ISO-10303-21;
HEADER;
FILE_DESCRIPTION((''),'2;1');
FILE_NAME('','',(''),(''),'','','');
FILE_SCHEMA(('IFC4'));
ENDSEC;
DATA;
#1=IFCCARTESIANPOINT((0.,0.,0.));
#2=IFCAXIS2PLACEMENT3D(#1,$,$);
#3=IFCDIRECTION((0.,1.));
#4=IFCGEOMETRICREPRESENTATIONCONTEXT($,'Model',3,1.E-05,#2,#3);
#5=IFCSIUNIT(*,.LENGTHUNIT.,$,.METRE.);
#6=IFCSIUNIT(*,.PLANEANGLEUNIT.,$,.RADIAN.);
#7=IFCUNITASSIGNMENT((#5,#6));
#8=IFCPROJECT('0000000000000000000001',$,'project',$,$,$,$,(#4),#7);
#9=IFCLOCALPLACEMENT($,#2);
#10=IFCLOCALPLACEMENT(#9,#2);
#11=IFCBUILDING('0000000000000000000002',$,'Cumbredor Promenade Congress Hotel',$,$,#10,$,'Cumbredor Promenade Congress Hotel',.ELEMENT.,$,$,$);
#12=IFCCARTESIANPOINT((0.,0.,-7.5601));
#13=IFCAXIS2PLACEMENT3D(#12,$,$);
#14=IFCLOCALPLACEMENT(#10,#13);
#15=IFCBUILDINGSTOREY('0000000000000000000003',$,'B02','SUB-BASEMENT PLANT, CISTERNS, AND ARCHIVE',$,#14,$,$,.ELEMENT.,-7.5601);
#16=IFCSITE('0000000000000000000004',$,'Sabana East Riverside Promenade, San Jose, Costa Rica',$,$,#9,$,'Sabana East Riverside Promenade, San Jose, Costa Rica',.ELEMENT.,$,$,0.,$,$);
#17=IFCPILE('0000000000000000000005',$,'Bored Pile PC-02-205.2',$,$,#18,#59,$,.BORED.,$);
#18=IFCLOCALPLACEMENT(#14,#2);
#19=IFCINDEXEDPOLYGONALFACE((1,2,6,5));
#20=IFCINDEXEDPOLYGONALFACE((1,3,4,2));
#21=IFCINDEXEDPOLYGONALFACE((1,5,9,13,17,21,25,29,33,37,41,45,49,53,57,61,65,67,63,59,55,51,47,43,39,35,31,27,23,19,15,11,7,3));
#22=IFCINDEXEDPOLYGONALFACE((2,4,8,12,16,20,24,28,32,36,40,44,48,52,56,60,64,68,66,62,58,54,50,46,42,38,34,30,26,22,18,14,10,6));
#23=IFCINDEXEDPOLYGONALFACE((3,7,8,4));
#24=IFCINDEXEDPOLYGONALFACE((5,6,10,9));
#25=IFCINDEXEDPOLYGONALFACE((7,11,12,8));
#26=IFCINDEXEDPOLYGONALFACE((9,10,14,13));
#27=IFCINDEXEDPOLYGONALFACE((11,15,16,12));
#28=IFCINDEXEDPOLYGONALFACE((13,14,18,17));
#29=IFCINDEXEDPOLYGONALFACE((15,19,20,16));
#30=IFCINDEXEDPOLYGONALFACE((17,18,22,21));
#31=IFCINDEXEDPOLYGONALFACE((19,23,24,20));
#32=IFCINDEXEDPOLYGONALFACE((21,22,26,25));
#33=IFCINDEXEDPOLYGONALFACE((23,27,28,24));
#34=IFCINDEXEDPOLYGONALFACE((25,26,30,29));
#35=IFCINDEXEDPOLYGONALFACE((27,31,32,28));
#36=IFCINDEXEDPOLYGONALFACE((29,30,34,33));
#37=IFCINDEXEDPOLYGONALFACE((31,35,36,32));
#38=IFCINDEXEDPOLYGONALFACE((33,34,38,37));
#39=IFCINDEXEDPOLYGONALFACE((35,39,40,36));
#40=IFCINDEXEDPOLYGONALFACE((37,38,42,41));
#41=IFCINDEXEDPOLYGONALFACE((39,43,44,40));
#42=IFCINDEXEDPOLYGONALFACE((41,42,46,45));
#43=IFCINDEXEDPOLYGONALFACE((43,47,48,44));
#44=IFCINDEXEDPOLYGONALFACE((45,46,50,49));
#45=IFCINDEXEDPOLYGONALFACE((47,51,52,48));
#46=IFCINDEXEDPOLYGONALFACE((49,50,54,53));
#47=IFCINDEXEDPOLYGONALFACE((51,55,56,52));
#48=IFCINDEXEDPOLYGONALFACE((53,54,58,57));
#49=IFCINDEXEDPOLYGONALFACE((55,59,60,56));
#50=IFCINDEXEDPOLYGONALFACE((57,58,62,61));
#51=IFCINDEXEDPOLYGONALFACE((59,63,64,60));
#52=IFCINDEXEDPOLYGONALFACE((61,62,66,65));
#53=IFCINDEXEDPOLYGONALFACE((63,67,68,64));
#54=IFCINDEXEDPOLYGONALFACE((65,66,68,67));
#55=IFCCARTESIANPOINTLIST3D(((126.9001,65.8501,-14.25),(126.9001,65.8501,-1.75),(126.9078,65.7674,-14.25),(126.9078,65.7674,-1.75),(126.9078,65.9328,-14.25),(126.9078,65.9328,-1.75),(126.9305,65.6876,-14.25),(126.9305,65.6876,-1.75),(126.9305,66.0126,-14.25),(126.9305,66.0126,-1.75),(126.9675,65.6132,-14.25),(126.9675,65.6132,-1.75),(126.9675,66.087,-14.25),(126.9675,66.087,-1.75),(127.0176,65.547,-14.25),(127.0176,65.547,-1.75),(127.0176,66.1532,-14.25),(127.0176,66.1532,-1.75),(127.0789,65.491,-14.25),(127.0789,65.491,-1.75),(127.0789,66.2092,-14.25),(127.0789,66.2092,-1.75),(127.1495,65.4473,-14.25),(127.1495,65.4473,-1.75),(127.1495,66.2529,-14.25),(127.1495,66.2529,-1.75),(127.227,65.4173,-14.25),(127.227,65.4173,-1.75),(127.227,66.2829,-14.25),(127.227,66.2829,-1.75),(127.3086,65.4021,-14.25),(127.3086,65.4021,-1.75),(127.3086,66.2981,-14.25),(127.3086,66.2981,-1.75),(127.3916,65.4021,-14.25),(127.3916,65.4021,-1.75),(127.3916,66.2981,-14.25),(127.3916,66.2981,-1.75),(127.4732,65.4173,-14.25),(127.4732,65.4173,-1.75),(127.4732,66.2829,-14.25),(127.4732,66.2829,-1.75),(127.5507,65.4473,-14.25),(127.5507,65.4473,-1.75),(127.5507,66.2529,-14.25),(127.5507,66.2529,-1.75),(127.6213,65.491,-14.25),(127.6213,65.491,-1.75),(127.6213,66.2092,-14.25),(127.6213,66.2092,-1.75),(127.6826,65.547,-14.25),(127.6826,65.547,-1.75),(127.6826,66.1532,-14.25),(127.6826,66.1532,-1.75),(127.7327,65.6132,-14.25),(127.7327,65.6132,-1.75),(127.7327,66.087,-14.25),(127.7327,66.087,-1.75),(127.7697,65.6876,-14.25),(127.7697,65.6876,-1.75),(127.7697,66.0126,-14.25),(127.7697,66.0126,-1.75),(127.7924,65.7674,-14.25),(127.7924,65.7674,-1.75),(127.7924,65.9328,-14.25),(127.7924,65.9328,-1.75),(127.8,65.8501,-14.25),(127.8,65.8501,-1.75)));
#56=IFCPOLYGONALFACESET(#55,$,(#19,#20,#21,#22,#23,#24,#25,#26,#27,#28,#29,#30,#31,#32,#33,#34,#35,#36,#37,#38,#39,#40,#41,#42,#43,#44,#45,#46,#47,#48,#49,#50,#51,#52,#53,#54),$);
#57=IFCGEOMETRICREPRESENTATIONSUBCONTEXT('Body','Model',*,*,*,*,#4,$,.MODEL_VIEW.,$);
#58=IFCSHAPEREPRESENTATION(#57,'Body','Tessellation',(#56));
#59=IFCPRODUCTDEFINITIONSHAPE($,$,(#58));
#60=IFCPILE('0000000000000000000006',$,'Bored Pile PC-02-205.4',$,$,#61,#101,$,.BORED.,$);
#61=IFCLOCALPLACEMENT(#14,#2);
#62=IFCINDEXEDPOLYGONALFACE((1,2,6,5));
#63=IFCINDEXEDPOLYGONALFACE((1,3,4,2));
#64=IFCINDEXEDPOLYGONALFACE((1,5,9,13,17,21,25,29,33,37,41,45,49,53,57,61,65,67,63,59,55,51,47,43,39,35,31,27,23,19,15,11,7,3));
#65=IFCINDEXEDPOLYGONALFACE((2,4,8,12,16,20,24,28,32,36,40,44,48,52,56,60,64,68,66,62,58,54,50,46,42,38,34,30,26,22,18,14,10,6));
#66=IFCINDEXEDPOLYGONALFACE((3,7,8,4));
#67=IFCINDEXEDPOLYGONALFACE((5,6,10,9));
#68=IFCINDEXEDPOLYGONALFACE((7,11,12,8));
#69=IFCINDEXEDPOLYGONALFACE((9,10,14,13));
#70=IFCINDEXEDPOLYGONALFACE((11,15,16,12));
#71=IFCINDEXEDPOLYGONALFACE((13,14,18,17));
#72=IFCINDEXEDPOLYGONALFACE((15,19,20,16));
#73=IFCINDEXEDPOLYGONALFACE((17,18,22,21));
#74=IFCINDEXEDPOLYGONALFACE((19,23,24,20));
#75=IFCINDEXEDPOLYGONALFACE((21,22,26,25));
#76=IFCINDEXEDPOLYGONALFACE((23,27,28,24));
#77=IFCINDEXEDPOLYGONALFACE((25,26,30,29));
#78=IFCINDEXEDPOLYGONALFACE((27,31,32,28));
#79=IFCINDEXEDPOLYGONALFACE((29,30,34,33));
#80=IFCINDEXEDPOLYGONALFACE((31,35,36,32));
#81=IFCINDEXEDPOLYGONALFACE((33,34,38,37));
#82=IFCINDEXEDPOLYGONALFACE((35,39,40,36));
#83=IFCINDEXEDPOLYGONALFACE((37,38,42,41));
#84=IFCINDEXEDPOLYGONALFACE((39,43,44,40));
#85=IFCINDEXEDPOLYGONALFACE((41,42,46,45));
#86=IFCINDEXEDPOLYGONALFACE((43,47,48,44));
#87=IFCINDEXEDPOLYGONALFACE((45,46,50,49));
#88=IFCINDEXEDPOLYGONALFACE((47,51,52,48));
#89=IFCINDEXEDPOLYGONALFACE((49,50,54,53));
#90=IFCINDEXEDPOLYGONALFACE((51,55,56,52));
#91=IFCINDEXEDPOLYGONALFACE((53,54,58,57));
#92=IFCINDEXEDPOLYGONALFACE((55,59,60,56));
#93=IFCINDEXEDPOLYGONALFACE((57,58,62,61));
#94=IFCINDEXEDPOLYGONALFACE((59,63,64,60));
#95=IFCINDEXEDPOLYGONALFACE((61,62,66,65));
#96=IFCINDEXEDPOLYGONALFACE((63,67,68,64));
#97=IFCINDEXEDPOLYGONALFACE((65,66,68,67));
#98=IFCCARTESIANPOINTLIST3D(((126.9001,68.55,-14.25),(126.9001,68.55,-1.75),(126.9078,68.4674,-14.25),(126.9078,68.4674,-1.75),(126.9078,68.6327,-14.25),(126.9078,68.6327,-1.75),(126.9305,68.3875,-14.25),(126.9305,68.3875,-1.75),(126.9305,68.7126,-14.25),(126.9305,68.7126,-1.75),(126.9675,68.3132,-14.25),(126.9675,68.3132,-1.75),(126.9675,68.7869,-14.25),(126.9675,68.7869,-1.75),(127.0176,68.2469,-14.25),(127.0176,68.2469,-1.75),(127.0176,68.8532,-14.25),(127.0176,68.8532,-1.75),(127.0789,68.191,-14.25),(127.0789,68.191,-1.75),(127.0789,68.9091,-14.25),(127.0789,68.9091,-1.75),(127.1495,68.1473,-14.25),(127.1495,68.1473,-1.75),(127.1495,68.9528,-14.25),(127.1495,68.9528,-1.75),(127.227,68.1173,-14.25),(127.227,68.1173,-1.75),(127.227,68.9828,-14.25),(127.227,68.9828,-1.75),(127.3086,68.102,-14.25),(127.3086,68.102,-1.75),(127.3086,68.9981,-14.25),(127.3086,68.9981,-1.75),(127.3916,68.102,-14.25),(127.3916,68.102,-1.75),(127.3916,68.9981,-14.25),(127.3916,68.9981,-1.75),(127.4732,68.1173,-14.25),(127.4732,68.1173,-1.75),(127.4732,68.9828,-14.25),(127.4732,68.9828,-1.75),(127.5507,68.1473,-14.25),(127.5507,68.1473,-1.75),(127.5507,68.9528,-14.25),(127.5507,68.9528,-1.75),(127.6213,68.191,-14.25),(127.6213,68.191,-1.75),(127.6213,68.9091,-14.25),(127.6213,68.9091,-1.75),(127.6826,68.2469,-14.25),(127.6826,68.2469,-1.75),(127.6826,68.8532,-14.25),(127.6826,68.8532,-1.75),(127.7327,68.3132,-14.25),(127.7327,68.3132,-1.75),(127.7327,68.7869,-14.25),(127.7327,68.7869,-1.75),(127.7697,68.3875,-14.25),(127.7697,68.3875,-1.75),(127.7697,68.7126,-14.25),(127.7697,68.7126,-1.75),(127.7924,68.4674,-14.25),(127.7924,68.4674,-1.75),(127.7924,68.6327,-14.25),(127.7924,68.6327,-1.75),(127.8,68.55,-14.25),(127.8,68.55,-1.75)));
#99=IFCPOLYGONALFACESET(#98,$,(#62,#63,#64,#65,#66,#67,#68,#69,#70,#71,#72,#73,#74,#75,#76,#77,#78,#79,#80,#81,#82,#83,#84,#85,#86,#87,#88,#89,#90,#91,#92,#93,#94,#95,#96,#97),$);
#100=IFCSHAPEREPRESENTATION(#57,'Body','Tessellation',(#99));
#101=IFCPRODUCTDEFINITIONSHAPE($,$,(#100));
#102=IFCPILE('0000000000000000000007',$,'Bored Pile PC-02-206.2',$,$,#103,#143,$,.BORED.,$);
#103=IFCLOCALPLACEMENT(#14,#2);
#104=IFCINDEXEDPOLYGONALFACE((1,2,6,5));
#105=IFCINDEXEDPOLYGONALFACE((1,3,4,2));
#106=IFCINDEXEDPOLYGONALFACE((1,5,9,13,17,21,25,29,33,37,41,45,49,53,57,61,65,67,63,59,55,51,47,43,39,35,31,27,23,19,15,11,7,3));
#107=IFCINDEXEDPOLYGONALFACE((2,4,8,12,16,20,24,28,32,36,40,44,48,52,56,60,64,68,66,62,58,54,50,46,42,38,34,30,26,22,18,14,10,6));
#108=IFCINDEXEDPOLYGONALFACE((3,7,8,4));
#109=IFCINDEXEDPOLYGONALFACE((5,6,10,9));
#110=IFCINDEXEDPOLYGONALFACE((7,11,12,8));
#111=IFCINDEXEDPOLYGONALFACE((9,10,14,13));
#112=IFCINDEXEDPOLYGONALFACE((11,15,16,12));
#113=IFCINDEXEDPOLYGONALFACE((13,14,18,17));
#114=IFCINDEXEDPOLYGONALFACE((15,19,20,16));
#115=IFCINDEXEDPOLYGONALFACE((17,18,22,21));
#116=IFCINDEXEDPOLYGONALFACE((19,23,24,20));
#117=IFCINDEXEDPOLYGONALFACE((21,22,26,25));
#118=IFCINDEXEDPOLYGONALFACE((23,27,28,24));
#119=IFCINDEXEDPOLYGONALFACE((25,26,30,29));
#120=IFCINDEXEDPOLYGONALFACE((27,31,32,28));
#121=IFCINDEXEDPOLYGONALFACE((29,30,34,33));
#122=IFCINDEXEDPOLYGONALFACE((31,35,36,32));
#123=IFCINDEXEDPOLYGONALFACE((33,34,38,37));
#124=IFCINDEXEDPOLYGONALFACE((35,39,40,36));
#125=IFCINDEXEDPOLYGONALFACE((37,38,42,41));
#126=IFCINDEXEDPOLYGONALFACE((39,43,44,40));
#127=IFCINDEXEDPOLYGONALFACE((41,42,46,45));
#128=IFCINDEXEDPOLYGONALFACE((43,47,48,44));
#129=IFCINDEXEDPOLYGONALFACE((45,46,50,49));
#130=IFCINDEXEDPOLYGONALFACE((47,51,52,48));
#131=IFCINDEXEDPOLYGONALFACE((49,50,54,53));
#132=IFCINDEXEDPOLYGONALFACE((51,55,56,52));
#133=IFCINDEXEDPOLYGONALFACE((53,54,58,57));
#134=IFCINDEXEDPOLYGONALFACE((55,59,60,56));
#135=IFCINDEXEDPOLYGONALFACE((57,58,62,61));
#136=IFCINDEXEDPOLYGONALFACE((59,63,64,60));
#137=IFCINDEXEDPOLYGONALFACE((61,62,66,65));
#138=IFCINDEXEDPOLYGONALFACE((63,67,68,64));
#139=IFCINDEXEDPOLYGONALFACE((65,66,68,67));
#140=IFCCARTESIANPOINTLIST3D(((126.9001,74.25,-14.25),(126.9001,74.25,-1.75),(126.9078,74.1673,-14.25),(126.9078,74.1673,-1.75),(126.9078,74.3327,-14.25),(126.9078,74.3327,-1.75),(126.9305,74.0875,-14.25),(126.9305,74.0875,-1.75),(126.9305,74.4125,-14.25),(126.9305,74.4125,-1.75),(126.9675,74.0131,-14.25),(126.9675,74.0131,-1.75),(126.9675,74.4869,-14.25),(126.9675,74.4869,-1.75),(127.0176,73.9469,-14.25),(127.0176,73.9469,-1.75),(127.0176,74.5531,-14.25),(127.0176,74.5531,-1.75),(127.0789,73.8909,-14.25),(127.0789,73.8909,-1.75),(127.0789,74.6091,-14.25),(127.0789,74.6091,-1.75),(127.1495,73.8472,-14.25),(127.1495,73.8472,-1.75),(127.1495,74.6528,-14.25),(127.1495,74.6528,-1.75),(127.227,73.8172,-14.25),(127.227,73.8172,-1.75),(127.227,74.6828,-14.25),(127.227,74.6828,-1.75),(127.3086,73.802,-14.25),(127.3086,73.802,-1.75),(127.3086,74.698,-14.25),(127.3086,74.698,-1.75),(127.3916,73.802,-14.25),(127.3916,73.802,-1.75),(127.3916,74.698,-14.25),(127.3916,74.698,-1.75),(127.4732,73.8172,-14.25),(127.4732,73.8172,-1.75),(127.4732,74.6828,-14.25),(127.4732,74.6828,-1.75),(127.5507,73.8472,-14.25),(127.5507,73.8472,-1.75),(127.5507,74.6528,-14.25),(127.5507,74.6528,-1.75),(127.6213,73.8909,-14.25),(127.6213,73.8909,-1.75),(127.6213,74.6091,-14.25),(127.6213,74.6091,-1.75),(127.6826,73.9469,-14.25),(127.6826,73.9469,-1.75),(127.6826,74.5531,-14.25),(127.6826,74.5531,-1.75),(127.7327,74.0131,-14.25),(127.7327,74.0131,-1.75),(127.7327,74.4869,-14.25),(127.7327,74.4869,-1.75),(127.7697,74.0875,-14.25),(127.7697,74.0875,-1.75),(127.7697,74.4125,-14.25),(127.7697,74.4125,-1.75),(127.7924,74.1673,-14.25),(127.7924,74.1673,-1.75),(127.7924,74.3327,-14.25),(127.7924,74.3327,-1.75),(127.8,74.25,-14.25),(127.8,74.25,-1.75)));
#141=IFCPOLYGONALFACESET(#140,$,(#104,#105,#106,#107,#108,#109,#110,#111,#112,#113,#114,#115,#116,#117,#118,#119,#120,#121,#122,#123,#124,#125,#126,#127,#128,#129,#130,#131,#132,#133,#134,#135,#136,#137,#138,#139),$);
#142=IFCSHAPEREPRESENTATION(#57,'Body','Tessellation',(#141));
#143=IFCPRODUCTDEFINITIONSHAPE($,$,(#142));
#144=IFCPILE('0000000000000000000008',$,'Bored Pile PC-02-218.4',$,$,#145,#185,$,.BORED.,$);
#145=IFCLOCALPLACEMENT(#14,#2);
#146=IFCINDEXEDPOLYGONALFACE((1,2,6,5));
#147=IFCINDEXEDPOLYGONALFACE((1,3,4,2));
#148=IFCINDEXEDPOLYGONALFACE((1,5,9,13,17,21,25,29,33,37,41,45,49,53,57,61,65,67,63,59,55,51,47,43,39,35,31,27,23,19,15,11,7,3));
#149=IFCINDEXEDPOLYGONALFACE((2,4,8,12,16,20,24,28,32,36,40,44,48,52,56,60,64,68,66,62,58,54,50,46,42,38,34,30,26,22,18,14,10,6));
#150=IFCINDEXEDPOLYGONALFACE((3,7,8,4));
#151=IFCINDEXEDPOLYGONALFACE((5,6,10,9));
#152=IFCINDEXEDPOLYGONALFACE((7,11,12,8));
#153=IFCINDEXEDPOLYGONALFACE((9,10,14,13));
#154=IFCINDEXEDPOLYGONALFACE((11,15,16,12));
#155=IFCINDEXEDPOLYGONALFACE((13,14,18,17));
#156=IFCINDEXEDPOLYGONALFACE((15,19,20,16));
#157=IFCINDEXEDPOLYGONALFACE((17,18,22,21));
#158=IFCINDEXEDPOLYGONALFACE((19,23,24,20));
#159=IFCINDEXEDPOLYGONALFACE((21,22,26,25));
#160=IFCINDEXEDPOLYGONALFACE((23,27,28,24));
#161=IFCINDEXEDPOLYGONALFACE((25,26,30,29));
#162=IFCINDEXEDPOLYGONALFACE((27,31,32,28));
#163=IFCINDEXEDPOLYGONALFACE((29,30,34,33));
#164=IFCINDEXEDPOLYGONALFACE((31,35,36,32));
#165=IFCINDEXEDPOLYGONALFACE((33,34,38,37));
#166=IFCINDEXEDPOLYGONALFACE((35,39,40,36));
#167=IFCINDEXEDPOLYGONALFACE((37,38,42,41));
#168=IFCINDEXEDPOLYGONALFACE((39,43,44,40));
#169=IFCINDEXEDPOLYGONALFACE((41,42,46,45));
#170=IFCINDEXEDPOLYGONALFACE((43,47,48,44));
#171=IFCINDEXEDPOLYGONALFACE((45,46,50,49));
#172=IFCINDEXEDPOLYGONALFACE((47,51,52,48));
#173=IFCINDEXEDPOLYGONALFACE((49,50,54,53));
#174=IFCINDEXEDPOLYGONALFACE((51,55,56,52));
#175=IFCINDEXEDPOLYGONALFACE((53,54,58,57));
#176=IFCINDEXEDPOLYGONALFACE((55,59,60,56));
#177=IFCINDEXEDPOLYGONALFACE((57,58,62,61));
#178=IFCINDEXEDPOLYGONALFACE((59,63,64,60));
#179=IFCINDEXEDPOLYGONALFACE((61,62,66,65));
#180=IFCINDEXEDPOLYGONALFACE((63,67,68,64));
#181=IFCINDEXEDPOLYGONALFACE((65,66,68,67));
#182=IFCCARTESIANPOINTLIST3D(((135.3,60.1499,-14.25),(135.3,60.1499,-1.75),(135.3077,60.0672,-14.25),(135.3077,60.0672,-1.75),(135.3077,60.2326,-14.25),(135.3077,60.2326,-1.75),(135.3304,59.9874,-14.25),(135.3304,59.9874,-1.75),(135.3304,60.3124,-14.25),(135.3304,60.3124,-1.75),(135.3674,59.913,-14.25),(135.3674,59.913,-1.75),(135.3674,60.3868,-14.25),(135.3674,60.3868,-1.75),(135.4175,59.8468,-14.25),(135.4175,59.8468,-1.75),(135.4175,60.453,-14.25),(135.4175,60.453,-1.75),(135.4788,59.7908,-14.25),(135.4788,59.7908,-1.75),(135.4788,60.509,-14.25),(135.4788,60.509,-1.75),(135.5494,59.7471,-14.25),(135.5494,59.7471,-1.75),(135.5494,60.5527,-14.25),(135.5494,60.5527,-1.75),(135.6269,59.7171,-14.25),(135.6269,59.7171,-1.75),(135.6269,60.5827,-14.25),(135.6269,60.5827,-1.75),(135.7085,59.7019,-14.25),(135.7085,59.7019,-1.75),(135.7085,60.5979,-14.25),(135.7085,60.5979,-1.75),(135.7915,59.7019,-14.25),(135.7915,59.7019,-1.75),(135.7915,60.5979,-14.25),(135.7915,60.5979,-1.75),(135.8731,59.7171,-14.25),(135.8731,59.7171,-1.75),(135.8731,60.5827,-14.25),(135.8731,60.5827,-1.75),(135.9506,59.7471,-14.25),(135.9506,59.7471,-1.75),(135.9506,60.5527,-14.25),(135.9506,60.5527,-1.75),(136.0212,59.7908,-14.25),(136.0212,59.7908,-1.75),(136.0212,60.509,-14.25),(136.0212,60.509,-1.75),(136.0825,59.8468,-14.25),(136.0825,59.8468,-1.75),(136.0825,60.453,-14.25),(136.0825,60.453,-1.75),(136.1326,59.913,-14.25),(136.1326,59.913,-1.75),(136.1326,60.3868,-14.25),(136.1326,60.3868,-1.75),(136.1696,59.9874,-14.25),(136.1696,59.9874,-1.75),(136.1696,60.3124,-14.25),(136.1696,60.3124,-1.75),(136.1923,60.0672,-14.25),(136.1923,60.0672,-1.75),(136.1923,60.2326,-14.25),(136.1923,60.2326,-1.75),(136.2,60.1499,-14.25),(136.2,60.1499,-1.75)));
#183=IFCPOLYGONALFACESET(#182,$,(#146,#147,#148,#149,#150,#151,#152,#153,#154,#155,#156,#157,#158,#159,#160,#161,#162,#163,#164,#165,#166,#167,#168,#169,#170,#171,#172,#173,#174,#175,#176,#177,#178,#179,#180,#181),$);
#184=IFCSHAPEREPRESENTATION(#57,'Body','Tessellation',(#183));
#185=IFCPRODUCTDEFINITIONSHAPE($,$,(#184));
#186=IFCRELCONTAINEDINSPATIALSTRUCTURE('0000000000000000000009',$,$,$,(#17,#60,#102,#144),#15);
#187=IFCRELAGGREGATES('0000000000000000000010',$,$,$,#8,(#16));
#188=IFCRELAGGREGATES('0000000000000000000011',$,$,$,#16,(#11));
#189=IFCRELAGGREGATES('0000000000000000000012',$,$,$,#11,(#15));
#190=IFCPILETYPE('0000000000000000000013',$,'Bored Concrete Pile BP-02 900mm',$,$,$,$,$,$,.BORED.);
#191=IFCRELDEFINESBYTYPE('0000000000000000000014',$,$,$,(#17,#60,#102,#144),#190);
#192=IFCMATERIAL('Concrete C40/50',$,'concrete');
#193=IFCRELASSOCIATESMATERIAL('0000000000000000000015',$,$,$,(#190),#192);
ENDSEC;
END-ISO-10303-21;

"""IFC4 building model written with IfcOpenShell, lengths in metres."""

from ifc_helpers import new_model, si_unit, direction, frame, origin, origin_2d, place, context, subcontext, project, spatial, circle, extrude, material, material_profile, profile_set, type_object, element, save


model = new_model("IFC4")

# Units and contexts
model_context = context("Model", 3, precision=1e-05, world=origin(), true_north=direction((0.0, 1.0)))
body_context = subcontext(model_context, "Body", "Model", "MODEL_VIEW")
ifc_project = project(units=[si_unit("LENGTHUNIT", "METRE"), si_unit("PLANEANGLEUNIT", "RADIAN")], contexts=[model_context])

# Site, building, storey
site_placement = place(None, origin())
site = spatial("IfcSite", under=ifc_project, at=site_placement, Name="Sabana East Riverside Promenade, San Jose, Costa Rica", LongName="Sabana East Riverside Promenade, San Jose, Costa Rica", CompositionType="ELEMENT", RefElevation=0.0)
building_placement = place(site_placement, origin())
building = spatial("IfcBuilding", under=site, at=building_placement, Name="Cumbredor Promenade Congress Hotel", LongName="Cumbredor Promenade Congress Hotel", CompositionType="ELEMENT")
storey_placement = place(building_placement, frame((0.0, 0.0, -7.5601)))
storey = spatial("IfcBuildingStorey", under=building, at=storey_placement, Name="B02", Description="SUB-BASEMENT PLANT, CISTERNS, AND ARCHIVE", CompositionType="ELEMENT", Elevation=-7.5601)

# Piles
ifc_material_1 = material(Name="Concrete C40/50", Category="concrete")
ifc_material_profile_1 = material_profile(ifc_material_1, circle(Radius=0.45, at=origin_2d()), Name="PILE D900")
ifc_profile_set_1 = profile_set([ifc_material_profile_1], Name="Concrete C40/50")
pile_type = type_object("IfcPileType", Name="Bored Concrete Pile BP-02 900mm", PredefinedType="BORED", material=ifc_profile_set_1)
for number, where, z_axis, x_axis, name in (
    (1, (127.3501, 65.8501, -1.75), (0.0, 0.0, -1.0), (1.0, 0.0, 0.0), "Bored Pile PC-02-205.2"),
    (2, (127.3501, 68.55, -1.75), (0.0, 0.0, -1.0), (1.0, 0.0, 0.0), "Bored Pile PC-02-205.4"),
    (3, (127.3501, 74.25, -1.75), (0.0, 0.0, -1.0), (1.0, 0.0, 0.0), "Bored Pile PC-02-206.2"),
    (4, (135.75, 60.1499, -1.75), (0.0, 0.0, -1.0), (1.0, 0.0, 0.0), "Bored Pile PC-02-218.4"),
):
    element("IfcPile", number, at=place(storey_placement, frame(where, z_axis=z_axis, x_axis=x_axis)), inside=storey, type_object=pile_type, Name=name, PredefinedType="BORED", context=body_context, shape_type="SweptSolid", body=[
        extrude(circle(Radius=0.45, at=origin_2d()), origin(), (0.0, 0.0, 1.0), 12.5),
    ])

save(model, "model.ifc")
